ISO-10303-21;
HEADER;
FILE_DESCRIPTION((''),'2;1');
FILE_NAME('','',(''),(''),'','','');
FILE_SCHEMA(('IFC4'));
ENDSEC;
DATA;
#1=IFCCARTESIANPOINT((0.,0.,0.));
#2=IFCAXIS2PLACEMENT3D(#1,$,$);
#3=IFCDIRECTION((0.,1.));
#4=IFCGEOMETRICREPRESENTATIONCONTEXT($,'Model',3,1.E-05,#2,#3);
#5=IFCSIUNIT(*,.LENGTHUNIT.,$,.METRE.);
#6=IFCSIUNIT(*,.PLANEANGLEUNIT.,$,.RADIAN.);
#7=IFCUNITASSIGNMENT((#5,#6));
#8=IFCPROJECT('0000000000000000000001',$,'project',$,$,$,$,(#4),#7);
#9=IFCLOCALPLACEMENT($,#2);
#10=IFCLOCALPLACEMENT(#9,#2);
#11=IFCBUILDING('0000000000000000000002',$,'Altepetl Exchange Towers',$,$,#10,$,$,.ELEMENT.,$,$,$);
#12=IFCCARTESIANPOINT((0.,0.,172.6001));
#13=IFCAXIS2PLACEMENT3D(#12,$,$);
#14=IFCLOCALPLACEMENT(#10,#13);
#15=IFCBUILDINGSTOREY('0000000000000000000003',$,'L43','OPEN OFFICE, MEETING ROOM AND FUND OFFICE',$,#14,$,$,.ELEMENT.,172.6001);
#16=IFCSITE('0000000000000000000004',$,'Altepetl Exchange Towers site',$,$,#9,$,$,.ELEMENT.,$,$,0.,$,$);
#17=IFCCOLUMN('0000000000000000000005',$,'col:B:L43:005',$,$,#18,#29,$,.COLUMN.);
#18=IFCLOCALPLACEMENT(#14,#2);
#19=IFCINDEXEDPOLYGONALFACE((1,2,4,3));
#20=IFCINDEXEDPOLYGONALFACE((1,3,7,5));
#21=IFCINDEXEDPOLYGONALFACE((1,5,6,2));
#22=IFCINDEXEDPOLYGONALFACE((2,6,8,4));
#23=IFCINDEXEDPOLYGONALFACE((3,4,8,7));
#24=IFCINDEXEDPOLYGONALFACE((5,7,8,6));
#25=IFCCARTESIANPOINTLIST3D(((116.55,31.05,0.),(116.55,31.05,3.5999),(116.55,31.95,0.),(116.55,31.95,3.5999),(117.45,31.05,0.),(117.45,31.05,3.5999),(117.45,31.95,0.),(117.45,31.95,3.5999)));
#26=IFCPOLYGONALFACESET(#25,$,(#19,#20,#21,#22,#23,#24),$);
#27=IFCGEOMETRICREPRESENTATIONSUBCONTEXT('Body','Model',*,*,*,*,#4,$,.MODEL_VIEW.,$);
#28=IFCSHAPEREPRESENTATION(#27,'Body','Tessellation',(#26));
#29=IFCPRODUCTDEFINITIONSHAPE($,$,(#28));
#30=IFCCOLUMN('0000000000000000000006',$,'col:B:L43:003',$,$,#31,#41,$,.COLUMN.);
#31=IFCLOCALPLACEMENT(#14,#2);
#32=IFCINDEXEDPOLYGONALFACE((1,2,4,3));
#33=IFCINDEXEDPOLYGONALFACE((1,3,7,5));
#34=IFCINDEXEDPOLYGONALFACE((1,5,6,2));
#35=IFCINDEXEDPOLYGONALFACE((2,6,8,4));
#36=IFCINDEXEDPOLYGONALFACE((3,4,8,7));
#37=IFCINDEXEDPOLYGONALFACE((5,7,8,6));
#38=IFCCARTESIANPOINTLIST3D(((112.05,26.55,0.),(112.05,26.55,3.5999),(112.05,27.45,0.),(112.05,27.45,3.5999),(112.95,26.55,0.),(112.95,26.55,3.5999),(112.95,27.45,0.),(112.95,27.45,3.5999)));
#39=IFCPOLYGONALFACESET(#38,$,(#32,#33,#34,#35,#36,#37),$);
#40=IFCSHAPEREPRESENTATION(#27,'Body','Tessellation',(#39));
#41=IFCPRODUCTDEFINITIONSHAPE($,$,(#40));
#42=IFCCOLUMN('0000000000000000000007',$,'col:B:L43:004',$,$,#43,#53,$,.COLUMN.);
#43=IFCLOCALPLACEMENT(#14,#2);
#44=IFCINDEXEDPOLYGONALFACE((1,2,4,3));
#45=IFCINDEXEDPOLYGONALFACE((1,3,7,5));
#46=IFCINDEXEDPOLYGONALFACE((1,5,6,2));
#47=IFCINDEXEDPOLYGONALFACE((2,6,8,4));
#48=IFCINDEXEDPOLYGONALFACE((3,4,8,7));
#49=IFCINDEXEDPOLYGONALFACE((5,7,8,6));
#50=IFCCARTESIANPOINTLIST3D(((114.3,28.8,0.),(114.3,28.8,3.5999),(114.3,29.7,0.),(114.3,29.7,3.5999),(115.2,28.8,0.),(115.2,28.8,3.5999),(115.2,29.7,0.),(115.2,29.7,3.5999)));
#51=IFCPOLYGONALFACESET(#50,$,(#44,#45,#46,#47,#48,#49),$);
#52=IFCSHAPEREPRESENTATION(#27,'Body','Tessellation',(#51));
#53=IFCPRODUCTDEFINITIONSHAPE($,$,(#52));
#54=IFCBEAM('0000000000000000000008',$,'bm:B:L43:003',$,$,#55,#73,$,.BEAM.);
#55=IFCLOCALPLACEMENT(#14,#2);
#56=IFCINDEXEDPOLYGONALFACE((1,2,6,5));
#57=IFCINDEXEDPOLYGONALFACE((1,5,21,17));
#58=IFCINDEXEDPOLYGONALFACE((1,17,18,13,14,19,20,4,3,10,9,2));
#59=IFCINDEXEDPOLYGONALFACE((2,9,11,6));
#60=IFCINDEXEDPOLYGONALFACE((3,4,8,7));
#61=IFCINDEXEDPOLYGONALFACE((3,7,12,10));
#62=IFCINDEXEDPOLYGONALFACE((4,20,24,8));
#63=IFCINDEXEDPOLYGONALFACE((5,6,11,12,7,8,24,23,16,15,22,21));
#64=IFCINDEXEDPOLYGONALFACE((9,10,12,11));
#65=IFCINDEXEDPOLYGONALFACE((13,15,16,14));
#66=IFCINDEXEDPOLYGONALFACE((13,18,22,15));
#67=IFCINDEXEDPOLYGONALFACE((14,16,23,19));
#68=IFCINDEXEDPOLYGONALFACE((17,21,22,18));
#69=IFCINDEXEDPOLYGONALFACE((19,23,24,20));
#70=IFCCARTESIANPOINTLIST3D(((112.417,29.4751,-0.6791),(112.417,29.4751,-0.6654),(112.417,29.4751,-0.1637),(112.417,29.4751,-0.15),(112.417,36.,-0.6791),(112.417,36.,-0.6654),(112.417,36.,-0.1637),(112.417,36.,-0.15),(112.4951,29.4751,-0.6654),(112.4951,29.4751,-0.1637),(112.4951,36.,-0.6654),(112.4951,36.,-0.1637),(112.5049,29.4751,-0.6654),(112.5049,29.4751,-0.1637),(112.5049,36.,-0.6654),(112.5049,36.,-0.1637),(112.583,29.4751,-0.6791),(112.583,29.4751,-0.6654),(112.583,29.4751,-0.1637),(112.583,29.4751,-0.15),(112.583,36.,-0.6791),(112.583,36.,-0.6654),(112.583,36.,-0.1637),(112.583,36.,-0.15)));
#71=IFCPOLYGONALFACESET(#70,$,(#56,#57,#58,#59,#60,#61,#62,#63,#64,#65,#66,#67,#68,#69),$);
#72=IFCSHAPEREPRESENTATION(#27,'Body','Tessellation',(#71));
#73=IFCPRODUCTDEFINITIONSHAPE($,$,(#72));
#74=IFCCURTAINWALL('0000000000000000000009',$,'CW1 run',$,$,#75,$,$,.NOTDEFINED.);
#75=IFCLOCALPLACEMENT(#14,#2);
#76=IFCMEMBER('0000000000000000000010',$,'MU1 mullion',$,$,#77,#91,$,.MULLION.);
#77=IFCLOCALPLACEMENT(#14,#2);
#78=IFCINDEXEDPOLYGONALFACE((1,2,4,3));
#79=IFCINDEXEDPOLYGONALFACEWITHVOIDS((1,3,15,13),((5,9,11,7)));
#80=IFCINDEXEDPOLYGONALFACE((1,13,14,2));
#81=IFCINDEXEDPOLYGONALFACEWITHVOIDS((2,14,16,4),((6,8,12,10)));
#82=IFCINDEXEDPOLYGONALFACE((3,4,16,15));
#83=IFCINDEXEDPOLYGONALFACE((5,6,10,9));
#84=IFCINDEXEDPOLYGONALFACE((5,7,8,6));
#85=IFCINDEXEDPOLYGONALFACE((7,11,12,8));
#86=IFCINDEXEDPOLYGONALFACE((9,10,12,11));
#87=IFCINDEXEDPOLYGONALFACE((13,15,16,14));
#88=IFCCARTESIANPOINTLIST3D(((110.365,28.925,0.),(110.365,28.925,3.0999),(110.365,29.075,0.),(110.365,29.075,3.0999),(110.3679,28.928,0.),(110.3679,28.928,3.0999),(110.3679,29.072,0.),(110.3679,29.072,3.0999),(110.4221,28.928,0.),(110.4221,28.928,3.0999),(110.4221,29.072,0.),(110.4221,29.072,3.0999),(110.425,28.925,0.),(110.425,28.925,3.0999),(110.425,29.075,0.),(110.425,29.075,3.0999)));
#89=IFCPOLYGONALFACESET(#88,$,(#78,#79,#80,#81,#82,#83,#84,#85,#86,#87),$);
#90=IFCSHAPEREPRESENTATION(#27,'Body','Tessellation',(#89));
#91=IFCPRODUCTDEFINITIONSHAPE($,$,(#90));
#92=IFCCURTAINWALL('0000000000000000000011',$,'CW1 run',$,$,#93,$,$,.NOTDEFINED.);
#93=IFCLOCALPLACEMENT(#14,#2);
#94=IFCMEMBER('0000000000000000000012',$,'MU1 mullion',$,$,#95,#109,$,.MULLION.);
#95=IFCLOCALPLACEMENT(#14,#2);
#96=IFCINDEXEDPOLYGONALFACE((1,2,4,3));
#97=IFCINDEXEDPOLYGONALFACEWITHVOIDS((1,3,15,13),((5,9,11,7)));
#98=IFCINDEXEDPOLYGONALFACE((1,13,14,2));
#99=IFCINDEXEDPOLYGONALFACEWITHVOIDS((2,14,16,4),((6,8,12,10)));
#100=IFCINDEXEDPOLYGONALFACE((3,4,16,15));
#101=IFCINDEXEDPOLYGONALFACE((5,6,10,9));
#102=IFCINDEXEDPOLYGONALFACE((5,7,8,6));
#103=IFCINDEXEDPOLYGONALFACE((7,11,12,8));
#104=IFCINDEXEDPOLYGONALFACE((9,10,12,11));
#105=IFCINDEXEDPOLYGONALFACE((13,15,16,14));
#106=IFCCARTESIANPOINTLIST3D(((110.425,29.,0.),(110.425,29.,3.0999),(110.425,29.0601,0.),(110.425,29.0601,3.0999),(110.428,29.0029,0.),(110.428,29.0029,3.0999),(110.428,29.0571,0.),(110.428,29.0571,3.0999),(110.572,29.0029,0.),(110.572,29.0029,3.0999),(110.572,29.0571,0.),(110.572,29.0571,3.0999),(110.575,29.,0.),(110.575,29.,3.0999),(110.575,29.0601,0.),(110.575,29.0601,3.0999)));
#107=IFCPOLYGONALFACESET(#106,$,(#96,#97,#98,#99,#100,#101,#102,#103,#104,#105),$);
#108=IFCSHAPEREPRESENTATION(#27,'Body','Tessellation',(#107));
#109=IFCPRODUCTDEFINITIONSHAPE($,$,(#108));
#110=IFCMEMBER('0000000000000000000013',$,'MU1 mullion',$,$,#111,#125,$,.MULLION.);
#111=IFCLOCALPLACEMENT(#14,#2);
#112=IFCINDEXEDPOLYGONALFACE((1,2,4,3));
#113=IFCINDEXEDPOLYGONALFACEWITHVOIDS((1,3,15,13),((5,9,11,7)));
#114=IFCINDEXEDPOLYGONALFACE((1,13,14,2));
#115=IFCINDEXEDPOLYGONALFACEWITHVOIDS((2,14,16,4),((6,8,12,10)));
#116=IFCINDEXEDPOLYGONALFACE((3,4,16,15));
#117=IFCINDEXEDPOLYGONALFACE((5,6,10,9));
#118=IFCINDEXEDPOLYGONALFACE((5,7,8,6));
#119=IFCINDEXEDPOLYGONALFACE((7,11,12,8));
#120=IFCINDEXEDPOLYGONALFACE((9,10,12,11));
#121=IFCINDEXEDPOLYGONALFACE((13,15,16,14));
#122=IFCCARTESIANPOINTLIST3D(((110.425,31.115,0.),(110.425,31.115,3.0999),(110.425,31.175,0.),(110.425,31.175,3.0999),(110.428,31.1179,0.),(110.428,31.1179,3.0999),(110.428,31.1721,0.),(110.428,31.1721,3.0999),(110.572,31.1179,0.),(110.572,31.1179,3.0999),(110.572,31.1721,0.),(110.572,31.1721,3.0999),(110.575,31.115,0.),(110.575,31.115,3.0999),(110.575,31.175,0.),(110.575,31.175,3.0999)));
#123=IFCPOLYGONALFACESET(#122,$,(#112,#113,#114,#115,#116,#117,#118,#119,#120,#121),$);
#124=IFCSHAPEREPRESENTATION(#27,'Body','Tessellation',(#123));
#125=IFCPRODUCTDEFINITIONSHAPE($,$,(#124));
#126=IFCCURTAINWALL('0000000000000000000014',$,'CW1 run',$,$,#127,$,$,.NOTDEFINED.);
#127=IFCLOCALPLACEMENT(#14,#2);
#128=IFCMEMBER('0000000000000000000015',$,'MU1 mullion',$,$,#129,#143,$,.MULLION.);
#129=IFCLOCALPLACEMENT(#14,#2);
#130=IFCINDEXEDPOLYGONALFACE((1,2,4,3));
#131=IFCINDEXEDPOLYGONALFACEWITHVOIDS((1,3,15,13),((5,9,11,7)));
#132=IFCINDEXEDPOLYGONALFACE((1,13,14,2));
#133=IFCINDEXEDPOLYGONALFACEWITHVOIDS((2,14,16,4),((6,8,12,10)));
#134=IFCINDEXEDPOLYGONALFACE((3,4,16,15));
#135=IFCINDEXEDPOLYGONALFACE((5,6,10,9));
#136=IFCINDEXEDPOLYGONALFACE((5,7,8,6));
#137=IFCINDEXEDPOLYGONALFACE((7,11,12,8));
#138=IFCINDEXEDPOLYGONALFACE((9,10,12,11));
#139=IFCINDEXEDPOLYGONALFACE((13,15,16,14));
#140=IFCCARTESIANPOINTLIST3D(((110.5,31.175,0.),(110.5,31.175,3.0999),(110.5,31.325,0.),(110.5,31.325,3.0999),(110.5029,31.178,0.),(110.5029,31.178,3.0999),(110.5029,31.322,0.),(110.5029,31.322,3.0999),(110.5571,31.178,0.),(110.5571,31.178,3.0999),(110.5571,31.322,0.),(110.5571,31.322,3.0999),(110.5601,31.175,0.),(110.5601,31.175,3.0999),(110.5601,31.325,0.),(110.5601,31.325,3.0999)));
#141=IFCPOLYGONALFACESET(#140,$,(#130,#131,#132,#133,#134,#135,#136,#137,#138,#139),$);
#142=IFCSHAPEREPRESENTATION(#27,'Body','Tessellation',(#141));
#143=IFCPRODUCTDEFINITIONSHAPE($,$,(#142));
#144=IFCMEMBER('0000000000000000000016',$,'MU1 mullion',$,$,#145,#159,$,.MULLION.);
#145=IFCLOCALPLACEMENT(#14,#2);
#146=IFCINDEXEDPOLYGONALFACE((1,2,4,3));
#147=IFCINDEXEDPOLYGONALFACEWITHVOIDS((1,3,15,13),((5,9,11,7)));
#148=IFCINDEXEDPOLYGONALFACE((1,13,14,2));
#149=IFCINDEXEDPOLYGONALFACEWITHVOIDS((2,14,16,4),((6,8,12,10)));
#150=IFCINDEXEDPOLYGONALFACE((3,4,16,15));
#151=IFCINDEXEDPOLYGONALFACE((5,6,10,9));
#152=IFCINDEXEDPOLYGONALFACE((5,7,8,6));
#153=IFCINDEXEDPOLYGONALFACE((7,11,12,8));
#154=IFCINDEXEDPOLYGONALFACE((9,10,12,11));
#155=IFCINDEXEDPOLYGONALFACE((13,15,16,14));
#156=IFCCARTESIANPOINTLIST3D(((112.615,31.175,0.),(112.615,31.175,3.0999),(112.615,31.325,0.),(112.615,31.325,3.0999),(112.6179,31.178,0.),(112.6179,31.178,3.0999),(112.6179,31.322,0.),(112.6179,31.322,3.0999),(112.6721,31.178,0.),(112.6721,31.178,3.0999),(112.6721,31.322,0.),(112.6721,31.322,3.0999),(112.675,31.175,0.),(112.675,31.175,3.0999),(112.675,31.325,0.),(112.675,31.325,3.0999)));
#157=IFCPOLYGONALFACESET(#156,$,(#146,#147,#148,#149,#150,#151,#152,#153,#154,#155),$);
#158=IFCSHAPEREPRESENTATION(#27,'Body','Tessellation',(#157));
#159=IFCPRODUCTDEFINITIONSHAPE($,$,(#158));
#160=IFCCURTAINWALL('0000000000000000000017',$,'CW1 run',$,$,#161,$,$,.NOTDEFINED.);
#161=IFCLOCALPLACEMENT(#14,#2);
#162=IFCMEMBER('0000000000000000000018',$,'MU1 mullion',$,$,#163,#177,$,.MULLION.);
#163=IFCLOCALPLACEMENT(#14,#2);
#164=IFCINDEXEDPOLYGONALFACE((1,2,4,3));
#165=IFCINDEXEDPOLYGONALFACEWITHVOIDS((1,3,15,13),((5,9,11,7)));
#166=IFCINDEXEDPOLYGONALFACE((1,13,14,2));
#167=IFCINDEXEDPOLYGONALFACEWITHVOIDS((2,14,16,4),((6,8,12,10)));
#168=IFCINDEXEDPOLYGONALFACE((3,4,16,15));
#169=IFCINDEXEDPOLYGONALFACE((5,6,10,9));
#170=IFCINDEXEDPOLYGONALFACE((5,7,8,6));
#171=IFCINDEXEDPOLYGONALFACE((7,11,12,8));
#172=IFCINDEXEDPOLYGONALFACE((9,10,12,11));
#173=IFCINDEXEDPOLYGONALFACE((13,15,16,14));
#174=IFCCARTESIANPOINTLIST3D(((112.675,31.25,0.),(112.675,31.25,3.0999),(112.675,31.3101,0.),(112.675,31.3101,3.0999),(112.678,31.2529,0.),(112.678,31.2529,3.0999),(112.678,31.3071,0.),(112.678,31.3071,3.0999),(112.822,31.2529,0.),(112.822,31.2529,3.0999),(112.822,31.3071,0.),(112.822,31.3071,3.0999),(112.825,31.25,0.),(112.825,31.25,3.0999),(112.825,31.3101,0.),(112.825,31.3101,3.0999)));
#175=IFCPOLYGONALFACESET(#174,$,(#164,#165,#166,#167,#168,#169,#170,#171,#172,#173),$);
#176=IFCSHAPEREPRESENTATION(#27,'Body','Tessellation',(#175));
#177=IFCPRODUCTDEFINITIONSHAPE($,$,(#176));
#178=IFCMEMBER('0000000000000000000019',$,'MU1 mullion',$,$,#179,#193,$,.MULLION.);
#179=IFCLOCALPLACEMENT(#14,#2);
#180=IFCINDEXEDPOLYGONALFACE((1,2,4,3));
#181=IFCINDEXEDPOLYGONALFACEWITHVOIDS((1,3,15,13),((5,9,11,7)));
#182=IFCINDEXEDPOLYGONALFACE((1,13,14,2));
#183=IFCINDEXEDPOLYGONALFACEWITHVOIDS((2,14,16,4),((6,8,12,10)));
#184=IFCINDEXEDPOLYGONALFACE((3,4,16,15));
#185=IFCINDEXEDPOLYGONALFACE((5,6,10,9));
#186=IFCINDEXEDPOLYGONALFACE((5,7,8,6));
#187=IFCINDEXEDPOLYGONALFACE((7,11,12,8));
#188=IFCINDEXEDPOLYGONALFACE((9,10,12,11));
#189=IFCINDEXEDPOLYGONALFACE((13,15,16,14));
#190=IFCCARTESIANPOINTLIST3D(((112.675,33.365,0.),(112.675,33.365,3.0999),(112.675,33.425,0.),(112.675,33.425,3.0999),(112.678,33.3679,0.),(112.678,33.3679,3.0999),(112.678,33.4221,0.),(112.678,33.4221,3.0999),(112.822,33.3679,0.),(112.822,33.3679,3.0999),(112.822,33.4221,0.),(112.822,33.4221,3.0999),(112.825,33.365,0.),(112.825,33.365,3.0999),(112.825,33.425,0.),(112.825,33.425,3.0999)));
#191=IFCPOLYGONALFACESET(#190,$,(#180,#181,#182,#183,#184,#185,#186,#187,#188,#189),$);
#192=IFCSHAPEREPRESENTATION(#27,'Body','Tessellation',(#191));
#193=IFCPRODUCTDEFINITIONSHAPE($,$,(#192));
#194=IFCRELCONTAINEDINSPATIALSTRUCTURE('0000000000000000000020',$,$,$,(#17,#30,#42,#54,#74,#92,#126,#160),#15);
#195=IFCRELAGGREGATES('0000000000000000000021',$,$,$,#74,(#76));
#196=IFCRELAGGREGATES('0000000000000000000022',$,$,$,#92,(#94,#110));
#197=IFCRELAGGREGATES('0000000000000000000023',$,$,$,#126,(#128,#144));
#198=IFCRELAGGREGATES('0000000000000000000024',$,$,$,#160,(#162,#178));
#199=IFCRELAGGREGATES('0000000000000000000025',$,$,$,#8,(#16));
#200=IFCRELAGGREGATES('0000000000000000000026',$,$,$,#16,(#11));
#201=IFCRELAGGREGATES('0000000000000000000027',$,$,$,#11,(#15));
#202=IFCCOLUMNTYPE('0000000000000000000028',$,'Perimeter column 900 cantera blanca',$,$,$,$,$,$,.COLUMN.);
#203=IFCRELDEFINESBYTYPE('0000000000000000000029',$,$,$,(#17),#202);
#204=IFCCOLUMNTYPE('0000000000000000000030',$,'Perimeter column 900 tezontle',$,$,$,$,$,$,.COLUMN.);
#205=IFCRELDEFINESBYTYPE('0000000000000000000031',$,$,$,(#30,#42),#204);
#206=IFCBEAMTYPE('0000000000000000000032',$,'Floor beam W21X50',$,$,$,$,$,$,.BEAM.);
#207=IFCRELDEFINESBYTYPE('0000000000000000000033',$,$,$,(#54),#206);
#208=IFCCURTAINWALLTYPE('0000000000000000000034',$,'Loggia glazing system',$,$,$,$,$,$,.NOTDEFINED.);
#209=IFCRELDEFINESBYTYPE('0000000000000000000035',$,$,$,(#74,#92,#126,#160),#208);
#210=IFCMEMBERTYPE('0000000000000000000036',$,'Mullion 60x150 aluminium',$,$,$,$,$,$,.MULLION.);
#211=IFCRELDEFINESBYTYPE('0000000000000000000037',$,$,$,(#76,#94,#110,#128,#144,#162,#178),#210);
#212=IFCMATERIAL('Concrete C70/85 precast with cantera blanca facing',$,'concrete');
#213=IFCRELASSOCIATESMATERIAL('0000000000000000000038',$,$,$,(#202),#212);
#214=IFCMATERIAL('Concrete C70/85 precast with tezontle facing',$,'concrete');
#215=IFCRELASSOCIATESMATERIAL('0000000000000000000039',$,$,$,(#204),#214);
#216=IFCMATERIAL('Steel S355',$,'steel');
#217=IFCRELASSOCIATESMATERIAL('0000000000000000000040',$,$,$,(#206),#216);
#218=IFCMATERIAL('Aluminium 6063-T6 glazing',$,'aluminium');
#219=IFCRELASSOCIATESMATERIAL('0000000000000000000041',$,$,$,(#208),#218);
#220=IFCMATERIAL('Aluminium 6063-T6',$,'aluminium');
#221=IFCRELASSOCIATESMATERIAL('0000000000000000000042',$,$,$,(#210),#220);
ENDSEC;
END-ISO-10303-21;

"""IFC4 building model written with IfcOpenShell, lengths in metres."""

from ifc_helpers import new_model, si_unit, direction, frame, origin, origin_2d, place, context, subcontext, project, spatial, rectangle, hollow_rectangle, i_section, extrude, material, material_profile, profile_set, type_object, element, aggregate, save


model = new_model("IFC4")

# Units and contexts
model_context = context("Model", 3, precision=1e-05, world=origin(), true_north=direction((0.0, 1.0)))
body_context = subcontext(model_context, "Body", "Model", "MODEL_VIEW")
ifc_project = project(units=[si_unit("LENGTHUNIT", "METRE"), si_unit("PLANEANGLEUNIT", "RADIAN")], contexts=[model_context])

# Site, building, storey
site_placement = place(None, origin())
site = spatial("IfcSite", under=ifc_project, at=site_placement, Name="Altepetl Exchange Towers site", CompositionType="ELEMENT", RefElevation=0.0)
building_placement = place(site_placement, origin())
building = spatial("IfcBuilding", under=site, at=building_placement, Name="Altepetl Exchange Towers", CompositionType="ELEMENT")
storey_placement = place(building_placement, frame((0.0, 0.0, 172.6001)))
storey = spatial("IfcBuildingStorey", under=building, at=storey_placement, Name="L43", Description="OPEN OFFICE, MEETING ROOM AND FUND OFFICE", CompositionType="ELEMENT", Elevation=172.6001)

# Columns
ifc_material_1 = material(Name="Concrete C70/85 precast with cantera blanca facing", Category="concrete")
ifc_material_profile_1 = material_profile(ifc_material_1, rectangle(XDim=0.8999, YDim=0.8999, at=origin_2d()), Name="900 x 900")
ifc_profile_set_1 = profile_set([ifc_material_profile_1], Name="Concrete C70/85 precast with cantera blanca facing")
column_type_1 = type_object("IfcColumnType", Name="Perimeter column 900 cantera blanca", PredefinedType="COLUMN", material=ifc_profile_set_1)
column_placement = place(storey_placement, frame((117.0, 31.5, 0.0)))
element("IfcColumn", 1, at=column_placement, inside=storey, type_object=column_type_1, Name="col:B:L43:005", PredefinedType="COLUMN", context=body_context, shape_type="SweptSolid", body=[
    extrude(rectangle(XDim=0.8999, YDim=0.8999, at=origin_2d()), origin(), (0.0, 0.0, 1.0), 3.5999),
])
ifc_material_2 = material(Name="Concrete C70/85 precast with tezontle facing", Category="concrete")
ifc_material_profile_2 = material_profile(ifc_material_2, rectangle(XDim=0.8999, YDim=0.8999, at=origin_2d()), Name="900 x 900")
ifc_profile_set_2 = profile_set([ifc_material_profile_2], Name="Concrete C70/85 precast with tezontle facing")
column_type_2 = type_object("IfcColumnType", Name="Perimeter column 900 tezontle", PredefinedType="COLUMN", material=ifc_profile_set_2)
for number, where, name in (
    (2, (112.5, 27.0, 0.0), "col:B:L43:003"),
    (3, (114.75, 29.25, 0.0), "col:B:L43:004"),
):
    element("IfcColumn", number, at=place(storey_placement, frame(where)), inside=storey, type_object=column_type_2, Name=name, PredefinedType="COLUMN", context=body_context, shape_type="SweptSolid", body=[
        extrude(rectangle(XDim=0.8999, YDim=0.8999, at=origin_2d()), origin(), (0.0, 0.0, 1.0), 3.5999),
    ])

# Beam
ifc_material_3 = material(Name="Steel S355", Category="steel")
ifc_material_profile_3 = material_profile(ifc_material_3, i_section(OverallWidth=0.166, OverallDepth=0.5291, WebThickness=0.0098, FlangeThickness=0.0137, at=origin_2d()), Name="W21X50")
ifc_profile_set_3 = profile_set([ifc_material_profile_3], Name="Steel S355")
beam_type_1 = type_object("IfcBeamType", Name="Floor beam W21X50", PredefinedType="BEAM", material=ifc_profile_set_3)
beam_1_placement = place(storey_placement, frame((112.5, 29.4751, -0.4146), z_axis=(0.0, 1.0, 0.0), x_axis=(-1.0, 0.0, 0.0)))
element("IfcBeam", 4, at=beam_1_placement, inside=storey, type_object=beam_type_1, Name="bm:B:L43:003", PredefinedType="BEAM", context=body_context, shape_type="SweptSolid", body=[
    extrude(i_section(OverallWidth=0.166, OverallDepth=0.5291, WebThickness=0.0098, FlangeThickness=0.0137, at=origin_2d()), origin(), (0.0, 0.0, 1.0), 6.5249),
])

# Curtain wall, member
ifc_material_4 = material(Name="Aluminium 6063-T6 glazing", Category="aluminium")
curtain_wall_type = type_object("IfcCurtainWallType", Name="Loggia glazing system", PredefinedType="NOTDEFINED", material=ifc_material_4)
curtain_wall_1_placement = place(storey_placement, origin())
curtain_wall_1 = element("IfcCurtainWall", 5, at=curtain_wall_1_placement, inside=storey, type_object=curtain_wall_type, Name="CW1 run", PredefinedType="NOTDEFINED")
ifc_material_5 = material(Name="Aluminium 6063-T6", Category="aluminium")
ifc_material_profile_4 = material_profile(ifc_material_5, hollow_rectangle(XDim=0.0601, YDim=0.1499, WallThickness=0.0029, at=origin_2d()), Name="Mullion 60x150 aluminium")
ifc_profile_set_4 = profile_set([ifc_material_profile_4], Name="Aluminium 6063-T6")
member_type = type_object("IfcMemberType", Name="Mullion 60x150 aluminium", PredefinedType="MULLION", material=ifc_profile_set_4)
member_1_placement = place(storey_placement, frame((110.395, 29.0, 0.0)))
member_1 = element("IfcMember", 6, at=member_1_placement, type_object=member_type, Name="MU1 mullion", PredefinedType="MULLION", context=body_context, shape_type="SweptSolid", body=[
    extrude(hollow_rectangle(XDim=0.0601, YDim=0.1499, WallThickness=0.0029, at=origin_2d()), origin(), (0.0, 0.0, 1.0), 3.0999),
])
aggregate(curtain_wall_1, [member_1])

# Curtain walls, members
curtain_wall_2_placement = place(storey_placement, origin())
curtain_wall_2 = element("IfcCurtainWall", 7, at=curtain_wall_2_placement, inside=storey, type_object=curtain_wall_type, Name="CW1 run", PredefinedType="NOTDEFINED")
member_2_placement = place(storey_placement, frame((110.5, 29.03, 0.0), z_axis=(0.0, 0.0, 1.0), x_axis=(0.0, 1.0, 0.0)))
member_2 = element("IfcMember", 8, at=member_2_placement, type_object=member_type, Name="MU1 mullion", PredefinedType="MULLION", context=body_context, shape_type="SweptSolid", body=[
    extrude(hollow_rectangle(XDim=0.0601, YDim=0.1499, WallThickness=0.0029, at=origin_2d()), origin(), (0.0, 0.0, 1.0), 3.0999),
])
member_3_placement = place(storey_placement, frame((110.5, 31.145, 0.0), z_axis=(0.0, 0.0, 1.0), x_axis=(0.0, 1.0, 0.0)))
member_3 = element("IfcMember", 9, at=member_3_placement, type_object=member_type, Name="MU1 mullion", PredefinedType="MULLION", context=body_context, shape_type="SweptSolid", body=[
    extrude(hollow_rectangle(XDim=0.0601, YDim=0.1499, WallThickness=0.0029, at=origin_2d()), origin(), (0.0, 0.0, 1.0), 3.0999),
])
curtain_wall_3_placement = place(storey_placement, origin())
curtain_wall_3 = element("IfcCurtainWall", 10, at=curtain_wall_3_placement, inside=storey, type_object=curtain_wall_type, Name="CW1 run", PredefinedType="NOTDEFINED")
member_4_placement = place(storey_placement, frame((110.53, 31.25, 0.0)))
member_4 = element("IfcMember", 11, at=member_4_placement, type_object=member_type, Name="MU1 mullion", PredefinedType="MULLION", context=body_context, shape_type="SweptSolid", body=[
    extrude(hollow_rectangle(XDim=0.0601, YDim=0.1499, WallThickness=0.0029, at=origin_2d()), origin(), (0.0, 0.0, 1.0), 3.0999),
])
member_5_placement = place(storey_placement, frame((112.645, 31.25, 0.0)))
member_5 = element("IfcMember", 12, at=member_5_placement, type_object=member_type, Name="MU1 mullion", PredefinedType="MULLION", context=body_context, shape_type="SweptSolid", body=[
    extrude(hollow_rectangle(XDim=0.0601, YDim=0.1499, WallThickness=0.0029, at=origin_2d()), origin(), (0.0, 0.0, 1.0), 3.0999),
])
curtain_wall_4_placement = place(storey_placement, origin())
curtain_wall_4 = element("IfcCurtainWall", 13, at=curtain_wall_4_placement, inside=storey, type_object=curtain_wall_type, Name="CW1 run", PredefinedType="NOTDEFINED")
member_6_placement = place(storey_placement, frame((112.75, 31.28, 0.0), z_axis=(0.0, 0.0, 1.0), x_axis=(0.0, 1.0, 0.0)))
member_6 = element("IfcMember", 14, at=member_6_placement, type_object=member_type, Name="MU1 mullion", PredefinedType="MULLION", context=body_context, shape_type="SweptSolid", body=[
    extrude(hollow_rectangle(XDim=0.0601, YDim=0.1499, WallThickness=0.0029, at=origin_2d()), origin(), (0.0, 0.0, 1.0), 3.0999),
])
member_7_placement = place(storey_placement, frame((112.75, 33.395, 0.0), z_axis=(0.0, 0.0, 1.0), x_axis=(0.0, 1.0, 0.0)))
member_7 = element("IfcMember", 15, at=member_7_placement, type_object=member_type, Name="MU1 mullion", PredefinedType="MULLION", context=body_context, shape_type="SweptSolid", body=[
    extrude(hollow_rectangle(XDim=0.0601, YDim=0.1499, WallThickness=0.0029, at=origin_2d()), origin(), (0.0, 0.0, 1.0), 3.0999),
])

aggregate(curtain_wall_2, [member_2, member_3])
aggregate(curtain_wall_3, [member_4, member_5])
aggregate(curtain_wall_4, [member_6, member_7])

save(model, "model.ifc")
